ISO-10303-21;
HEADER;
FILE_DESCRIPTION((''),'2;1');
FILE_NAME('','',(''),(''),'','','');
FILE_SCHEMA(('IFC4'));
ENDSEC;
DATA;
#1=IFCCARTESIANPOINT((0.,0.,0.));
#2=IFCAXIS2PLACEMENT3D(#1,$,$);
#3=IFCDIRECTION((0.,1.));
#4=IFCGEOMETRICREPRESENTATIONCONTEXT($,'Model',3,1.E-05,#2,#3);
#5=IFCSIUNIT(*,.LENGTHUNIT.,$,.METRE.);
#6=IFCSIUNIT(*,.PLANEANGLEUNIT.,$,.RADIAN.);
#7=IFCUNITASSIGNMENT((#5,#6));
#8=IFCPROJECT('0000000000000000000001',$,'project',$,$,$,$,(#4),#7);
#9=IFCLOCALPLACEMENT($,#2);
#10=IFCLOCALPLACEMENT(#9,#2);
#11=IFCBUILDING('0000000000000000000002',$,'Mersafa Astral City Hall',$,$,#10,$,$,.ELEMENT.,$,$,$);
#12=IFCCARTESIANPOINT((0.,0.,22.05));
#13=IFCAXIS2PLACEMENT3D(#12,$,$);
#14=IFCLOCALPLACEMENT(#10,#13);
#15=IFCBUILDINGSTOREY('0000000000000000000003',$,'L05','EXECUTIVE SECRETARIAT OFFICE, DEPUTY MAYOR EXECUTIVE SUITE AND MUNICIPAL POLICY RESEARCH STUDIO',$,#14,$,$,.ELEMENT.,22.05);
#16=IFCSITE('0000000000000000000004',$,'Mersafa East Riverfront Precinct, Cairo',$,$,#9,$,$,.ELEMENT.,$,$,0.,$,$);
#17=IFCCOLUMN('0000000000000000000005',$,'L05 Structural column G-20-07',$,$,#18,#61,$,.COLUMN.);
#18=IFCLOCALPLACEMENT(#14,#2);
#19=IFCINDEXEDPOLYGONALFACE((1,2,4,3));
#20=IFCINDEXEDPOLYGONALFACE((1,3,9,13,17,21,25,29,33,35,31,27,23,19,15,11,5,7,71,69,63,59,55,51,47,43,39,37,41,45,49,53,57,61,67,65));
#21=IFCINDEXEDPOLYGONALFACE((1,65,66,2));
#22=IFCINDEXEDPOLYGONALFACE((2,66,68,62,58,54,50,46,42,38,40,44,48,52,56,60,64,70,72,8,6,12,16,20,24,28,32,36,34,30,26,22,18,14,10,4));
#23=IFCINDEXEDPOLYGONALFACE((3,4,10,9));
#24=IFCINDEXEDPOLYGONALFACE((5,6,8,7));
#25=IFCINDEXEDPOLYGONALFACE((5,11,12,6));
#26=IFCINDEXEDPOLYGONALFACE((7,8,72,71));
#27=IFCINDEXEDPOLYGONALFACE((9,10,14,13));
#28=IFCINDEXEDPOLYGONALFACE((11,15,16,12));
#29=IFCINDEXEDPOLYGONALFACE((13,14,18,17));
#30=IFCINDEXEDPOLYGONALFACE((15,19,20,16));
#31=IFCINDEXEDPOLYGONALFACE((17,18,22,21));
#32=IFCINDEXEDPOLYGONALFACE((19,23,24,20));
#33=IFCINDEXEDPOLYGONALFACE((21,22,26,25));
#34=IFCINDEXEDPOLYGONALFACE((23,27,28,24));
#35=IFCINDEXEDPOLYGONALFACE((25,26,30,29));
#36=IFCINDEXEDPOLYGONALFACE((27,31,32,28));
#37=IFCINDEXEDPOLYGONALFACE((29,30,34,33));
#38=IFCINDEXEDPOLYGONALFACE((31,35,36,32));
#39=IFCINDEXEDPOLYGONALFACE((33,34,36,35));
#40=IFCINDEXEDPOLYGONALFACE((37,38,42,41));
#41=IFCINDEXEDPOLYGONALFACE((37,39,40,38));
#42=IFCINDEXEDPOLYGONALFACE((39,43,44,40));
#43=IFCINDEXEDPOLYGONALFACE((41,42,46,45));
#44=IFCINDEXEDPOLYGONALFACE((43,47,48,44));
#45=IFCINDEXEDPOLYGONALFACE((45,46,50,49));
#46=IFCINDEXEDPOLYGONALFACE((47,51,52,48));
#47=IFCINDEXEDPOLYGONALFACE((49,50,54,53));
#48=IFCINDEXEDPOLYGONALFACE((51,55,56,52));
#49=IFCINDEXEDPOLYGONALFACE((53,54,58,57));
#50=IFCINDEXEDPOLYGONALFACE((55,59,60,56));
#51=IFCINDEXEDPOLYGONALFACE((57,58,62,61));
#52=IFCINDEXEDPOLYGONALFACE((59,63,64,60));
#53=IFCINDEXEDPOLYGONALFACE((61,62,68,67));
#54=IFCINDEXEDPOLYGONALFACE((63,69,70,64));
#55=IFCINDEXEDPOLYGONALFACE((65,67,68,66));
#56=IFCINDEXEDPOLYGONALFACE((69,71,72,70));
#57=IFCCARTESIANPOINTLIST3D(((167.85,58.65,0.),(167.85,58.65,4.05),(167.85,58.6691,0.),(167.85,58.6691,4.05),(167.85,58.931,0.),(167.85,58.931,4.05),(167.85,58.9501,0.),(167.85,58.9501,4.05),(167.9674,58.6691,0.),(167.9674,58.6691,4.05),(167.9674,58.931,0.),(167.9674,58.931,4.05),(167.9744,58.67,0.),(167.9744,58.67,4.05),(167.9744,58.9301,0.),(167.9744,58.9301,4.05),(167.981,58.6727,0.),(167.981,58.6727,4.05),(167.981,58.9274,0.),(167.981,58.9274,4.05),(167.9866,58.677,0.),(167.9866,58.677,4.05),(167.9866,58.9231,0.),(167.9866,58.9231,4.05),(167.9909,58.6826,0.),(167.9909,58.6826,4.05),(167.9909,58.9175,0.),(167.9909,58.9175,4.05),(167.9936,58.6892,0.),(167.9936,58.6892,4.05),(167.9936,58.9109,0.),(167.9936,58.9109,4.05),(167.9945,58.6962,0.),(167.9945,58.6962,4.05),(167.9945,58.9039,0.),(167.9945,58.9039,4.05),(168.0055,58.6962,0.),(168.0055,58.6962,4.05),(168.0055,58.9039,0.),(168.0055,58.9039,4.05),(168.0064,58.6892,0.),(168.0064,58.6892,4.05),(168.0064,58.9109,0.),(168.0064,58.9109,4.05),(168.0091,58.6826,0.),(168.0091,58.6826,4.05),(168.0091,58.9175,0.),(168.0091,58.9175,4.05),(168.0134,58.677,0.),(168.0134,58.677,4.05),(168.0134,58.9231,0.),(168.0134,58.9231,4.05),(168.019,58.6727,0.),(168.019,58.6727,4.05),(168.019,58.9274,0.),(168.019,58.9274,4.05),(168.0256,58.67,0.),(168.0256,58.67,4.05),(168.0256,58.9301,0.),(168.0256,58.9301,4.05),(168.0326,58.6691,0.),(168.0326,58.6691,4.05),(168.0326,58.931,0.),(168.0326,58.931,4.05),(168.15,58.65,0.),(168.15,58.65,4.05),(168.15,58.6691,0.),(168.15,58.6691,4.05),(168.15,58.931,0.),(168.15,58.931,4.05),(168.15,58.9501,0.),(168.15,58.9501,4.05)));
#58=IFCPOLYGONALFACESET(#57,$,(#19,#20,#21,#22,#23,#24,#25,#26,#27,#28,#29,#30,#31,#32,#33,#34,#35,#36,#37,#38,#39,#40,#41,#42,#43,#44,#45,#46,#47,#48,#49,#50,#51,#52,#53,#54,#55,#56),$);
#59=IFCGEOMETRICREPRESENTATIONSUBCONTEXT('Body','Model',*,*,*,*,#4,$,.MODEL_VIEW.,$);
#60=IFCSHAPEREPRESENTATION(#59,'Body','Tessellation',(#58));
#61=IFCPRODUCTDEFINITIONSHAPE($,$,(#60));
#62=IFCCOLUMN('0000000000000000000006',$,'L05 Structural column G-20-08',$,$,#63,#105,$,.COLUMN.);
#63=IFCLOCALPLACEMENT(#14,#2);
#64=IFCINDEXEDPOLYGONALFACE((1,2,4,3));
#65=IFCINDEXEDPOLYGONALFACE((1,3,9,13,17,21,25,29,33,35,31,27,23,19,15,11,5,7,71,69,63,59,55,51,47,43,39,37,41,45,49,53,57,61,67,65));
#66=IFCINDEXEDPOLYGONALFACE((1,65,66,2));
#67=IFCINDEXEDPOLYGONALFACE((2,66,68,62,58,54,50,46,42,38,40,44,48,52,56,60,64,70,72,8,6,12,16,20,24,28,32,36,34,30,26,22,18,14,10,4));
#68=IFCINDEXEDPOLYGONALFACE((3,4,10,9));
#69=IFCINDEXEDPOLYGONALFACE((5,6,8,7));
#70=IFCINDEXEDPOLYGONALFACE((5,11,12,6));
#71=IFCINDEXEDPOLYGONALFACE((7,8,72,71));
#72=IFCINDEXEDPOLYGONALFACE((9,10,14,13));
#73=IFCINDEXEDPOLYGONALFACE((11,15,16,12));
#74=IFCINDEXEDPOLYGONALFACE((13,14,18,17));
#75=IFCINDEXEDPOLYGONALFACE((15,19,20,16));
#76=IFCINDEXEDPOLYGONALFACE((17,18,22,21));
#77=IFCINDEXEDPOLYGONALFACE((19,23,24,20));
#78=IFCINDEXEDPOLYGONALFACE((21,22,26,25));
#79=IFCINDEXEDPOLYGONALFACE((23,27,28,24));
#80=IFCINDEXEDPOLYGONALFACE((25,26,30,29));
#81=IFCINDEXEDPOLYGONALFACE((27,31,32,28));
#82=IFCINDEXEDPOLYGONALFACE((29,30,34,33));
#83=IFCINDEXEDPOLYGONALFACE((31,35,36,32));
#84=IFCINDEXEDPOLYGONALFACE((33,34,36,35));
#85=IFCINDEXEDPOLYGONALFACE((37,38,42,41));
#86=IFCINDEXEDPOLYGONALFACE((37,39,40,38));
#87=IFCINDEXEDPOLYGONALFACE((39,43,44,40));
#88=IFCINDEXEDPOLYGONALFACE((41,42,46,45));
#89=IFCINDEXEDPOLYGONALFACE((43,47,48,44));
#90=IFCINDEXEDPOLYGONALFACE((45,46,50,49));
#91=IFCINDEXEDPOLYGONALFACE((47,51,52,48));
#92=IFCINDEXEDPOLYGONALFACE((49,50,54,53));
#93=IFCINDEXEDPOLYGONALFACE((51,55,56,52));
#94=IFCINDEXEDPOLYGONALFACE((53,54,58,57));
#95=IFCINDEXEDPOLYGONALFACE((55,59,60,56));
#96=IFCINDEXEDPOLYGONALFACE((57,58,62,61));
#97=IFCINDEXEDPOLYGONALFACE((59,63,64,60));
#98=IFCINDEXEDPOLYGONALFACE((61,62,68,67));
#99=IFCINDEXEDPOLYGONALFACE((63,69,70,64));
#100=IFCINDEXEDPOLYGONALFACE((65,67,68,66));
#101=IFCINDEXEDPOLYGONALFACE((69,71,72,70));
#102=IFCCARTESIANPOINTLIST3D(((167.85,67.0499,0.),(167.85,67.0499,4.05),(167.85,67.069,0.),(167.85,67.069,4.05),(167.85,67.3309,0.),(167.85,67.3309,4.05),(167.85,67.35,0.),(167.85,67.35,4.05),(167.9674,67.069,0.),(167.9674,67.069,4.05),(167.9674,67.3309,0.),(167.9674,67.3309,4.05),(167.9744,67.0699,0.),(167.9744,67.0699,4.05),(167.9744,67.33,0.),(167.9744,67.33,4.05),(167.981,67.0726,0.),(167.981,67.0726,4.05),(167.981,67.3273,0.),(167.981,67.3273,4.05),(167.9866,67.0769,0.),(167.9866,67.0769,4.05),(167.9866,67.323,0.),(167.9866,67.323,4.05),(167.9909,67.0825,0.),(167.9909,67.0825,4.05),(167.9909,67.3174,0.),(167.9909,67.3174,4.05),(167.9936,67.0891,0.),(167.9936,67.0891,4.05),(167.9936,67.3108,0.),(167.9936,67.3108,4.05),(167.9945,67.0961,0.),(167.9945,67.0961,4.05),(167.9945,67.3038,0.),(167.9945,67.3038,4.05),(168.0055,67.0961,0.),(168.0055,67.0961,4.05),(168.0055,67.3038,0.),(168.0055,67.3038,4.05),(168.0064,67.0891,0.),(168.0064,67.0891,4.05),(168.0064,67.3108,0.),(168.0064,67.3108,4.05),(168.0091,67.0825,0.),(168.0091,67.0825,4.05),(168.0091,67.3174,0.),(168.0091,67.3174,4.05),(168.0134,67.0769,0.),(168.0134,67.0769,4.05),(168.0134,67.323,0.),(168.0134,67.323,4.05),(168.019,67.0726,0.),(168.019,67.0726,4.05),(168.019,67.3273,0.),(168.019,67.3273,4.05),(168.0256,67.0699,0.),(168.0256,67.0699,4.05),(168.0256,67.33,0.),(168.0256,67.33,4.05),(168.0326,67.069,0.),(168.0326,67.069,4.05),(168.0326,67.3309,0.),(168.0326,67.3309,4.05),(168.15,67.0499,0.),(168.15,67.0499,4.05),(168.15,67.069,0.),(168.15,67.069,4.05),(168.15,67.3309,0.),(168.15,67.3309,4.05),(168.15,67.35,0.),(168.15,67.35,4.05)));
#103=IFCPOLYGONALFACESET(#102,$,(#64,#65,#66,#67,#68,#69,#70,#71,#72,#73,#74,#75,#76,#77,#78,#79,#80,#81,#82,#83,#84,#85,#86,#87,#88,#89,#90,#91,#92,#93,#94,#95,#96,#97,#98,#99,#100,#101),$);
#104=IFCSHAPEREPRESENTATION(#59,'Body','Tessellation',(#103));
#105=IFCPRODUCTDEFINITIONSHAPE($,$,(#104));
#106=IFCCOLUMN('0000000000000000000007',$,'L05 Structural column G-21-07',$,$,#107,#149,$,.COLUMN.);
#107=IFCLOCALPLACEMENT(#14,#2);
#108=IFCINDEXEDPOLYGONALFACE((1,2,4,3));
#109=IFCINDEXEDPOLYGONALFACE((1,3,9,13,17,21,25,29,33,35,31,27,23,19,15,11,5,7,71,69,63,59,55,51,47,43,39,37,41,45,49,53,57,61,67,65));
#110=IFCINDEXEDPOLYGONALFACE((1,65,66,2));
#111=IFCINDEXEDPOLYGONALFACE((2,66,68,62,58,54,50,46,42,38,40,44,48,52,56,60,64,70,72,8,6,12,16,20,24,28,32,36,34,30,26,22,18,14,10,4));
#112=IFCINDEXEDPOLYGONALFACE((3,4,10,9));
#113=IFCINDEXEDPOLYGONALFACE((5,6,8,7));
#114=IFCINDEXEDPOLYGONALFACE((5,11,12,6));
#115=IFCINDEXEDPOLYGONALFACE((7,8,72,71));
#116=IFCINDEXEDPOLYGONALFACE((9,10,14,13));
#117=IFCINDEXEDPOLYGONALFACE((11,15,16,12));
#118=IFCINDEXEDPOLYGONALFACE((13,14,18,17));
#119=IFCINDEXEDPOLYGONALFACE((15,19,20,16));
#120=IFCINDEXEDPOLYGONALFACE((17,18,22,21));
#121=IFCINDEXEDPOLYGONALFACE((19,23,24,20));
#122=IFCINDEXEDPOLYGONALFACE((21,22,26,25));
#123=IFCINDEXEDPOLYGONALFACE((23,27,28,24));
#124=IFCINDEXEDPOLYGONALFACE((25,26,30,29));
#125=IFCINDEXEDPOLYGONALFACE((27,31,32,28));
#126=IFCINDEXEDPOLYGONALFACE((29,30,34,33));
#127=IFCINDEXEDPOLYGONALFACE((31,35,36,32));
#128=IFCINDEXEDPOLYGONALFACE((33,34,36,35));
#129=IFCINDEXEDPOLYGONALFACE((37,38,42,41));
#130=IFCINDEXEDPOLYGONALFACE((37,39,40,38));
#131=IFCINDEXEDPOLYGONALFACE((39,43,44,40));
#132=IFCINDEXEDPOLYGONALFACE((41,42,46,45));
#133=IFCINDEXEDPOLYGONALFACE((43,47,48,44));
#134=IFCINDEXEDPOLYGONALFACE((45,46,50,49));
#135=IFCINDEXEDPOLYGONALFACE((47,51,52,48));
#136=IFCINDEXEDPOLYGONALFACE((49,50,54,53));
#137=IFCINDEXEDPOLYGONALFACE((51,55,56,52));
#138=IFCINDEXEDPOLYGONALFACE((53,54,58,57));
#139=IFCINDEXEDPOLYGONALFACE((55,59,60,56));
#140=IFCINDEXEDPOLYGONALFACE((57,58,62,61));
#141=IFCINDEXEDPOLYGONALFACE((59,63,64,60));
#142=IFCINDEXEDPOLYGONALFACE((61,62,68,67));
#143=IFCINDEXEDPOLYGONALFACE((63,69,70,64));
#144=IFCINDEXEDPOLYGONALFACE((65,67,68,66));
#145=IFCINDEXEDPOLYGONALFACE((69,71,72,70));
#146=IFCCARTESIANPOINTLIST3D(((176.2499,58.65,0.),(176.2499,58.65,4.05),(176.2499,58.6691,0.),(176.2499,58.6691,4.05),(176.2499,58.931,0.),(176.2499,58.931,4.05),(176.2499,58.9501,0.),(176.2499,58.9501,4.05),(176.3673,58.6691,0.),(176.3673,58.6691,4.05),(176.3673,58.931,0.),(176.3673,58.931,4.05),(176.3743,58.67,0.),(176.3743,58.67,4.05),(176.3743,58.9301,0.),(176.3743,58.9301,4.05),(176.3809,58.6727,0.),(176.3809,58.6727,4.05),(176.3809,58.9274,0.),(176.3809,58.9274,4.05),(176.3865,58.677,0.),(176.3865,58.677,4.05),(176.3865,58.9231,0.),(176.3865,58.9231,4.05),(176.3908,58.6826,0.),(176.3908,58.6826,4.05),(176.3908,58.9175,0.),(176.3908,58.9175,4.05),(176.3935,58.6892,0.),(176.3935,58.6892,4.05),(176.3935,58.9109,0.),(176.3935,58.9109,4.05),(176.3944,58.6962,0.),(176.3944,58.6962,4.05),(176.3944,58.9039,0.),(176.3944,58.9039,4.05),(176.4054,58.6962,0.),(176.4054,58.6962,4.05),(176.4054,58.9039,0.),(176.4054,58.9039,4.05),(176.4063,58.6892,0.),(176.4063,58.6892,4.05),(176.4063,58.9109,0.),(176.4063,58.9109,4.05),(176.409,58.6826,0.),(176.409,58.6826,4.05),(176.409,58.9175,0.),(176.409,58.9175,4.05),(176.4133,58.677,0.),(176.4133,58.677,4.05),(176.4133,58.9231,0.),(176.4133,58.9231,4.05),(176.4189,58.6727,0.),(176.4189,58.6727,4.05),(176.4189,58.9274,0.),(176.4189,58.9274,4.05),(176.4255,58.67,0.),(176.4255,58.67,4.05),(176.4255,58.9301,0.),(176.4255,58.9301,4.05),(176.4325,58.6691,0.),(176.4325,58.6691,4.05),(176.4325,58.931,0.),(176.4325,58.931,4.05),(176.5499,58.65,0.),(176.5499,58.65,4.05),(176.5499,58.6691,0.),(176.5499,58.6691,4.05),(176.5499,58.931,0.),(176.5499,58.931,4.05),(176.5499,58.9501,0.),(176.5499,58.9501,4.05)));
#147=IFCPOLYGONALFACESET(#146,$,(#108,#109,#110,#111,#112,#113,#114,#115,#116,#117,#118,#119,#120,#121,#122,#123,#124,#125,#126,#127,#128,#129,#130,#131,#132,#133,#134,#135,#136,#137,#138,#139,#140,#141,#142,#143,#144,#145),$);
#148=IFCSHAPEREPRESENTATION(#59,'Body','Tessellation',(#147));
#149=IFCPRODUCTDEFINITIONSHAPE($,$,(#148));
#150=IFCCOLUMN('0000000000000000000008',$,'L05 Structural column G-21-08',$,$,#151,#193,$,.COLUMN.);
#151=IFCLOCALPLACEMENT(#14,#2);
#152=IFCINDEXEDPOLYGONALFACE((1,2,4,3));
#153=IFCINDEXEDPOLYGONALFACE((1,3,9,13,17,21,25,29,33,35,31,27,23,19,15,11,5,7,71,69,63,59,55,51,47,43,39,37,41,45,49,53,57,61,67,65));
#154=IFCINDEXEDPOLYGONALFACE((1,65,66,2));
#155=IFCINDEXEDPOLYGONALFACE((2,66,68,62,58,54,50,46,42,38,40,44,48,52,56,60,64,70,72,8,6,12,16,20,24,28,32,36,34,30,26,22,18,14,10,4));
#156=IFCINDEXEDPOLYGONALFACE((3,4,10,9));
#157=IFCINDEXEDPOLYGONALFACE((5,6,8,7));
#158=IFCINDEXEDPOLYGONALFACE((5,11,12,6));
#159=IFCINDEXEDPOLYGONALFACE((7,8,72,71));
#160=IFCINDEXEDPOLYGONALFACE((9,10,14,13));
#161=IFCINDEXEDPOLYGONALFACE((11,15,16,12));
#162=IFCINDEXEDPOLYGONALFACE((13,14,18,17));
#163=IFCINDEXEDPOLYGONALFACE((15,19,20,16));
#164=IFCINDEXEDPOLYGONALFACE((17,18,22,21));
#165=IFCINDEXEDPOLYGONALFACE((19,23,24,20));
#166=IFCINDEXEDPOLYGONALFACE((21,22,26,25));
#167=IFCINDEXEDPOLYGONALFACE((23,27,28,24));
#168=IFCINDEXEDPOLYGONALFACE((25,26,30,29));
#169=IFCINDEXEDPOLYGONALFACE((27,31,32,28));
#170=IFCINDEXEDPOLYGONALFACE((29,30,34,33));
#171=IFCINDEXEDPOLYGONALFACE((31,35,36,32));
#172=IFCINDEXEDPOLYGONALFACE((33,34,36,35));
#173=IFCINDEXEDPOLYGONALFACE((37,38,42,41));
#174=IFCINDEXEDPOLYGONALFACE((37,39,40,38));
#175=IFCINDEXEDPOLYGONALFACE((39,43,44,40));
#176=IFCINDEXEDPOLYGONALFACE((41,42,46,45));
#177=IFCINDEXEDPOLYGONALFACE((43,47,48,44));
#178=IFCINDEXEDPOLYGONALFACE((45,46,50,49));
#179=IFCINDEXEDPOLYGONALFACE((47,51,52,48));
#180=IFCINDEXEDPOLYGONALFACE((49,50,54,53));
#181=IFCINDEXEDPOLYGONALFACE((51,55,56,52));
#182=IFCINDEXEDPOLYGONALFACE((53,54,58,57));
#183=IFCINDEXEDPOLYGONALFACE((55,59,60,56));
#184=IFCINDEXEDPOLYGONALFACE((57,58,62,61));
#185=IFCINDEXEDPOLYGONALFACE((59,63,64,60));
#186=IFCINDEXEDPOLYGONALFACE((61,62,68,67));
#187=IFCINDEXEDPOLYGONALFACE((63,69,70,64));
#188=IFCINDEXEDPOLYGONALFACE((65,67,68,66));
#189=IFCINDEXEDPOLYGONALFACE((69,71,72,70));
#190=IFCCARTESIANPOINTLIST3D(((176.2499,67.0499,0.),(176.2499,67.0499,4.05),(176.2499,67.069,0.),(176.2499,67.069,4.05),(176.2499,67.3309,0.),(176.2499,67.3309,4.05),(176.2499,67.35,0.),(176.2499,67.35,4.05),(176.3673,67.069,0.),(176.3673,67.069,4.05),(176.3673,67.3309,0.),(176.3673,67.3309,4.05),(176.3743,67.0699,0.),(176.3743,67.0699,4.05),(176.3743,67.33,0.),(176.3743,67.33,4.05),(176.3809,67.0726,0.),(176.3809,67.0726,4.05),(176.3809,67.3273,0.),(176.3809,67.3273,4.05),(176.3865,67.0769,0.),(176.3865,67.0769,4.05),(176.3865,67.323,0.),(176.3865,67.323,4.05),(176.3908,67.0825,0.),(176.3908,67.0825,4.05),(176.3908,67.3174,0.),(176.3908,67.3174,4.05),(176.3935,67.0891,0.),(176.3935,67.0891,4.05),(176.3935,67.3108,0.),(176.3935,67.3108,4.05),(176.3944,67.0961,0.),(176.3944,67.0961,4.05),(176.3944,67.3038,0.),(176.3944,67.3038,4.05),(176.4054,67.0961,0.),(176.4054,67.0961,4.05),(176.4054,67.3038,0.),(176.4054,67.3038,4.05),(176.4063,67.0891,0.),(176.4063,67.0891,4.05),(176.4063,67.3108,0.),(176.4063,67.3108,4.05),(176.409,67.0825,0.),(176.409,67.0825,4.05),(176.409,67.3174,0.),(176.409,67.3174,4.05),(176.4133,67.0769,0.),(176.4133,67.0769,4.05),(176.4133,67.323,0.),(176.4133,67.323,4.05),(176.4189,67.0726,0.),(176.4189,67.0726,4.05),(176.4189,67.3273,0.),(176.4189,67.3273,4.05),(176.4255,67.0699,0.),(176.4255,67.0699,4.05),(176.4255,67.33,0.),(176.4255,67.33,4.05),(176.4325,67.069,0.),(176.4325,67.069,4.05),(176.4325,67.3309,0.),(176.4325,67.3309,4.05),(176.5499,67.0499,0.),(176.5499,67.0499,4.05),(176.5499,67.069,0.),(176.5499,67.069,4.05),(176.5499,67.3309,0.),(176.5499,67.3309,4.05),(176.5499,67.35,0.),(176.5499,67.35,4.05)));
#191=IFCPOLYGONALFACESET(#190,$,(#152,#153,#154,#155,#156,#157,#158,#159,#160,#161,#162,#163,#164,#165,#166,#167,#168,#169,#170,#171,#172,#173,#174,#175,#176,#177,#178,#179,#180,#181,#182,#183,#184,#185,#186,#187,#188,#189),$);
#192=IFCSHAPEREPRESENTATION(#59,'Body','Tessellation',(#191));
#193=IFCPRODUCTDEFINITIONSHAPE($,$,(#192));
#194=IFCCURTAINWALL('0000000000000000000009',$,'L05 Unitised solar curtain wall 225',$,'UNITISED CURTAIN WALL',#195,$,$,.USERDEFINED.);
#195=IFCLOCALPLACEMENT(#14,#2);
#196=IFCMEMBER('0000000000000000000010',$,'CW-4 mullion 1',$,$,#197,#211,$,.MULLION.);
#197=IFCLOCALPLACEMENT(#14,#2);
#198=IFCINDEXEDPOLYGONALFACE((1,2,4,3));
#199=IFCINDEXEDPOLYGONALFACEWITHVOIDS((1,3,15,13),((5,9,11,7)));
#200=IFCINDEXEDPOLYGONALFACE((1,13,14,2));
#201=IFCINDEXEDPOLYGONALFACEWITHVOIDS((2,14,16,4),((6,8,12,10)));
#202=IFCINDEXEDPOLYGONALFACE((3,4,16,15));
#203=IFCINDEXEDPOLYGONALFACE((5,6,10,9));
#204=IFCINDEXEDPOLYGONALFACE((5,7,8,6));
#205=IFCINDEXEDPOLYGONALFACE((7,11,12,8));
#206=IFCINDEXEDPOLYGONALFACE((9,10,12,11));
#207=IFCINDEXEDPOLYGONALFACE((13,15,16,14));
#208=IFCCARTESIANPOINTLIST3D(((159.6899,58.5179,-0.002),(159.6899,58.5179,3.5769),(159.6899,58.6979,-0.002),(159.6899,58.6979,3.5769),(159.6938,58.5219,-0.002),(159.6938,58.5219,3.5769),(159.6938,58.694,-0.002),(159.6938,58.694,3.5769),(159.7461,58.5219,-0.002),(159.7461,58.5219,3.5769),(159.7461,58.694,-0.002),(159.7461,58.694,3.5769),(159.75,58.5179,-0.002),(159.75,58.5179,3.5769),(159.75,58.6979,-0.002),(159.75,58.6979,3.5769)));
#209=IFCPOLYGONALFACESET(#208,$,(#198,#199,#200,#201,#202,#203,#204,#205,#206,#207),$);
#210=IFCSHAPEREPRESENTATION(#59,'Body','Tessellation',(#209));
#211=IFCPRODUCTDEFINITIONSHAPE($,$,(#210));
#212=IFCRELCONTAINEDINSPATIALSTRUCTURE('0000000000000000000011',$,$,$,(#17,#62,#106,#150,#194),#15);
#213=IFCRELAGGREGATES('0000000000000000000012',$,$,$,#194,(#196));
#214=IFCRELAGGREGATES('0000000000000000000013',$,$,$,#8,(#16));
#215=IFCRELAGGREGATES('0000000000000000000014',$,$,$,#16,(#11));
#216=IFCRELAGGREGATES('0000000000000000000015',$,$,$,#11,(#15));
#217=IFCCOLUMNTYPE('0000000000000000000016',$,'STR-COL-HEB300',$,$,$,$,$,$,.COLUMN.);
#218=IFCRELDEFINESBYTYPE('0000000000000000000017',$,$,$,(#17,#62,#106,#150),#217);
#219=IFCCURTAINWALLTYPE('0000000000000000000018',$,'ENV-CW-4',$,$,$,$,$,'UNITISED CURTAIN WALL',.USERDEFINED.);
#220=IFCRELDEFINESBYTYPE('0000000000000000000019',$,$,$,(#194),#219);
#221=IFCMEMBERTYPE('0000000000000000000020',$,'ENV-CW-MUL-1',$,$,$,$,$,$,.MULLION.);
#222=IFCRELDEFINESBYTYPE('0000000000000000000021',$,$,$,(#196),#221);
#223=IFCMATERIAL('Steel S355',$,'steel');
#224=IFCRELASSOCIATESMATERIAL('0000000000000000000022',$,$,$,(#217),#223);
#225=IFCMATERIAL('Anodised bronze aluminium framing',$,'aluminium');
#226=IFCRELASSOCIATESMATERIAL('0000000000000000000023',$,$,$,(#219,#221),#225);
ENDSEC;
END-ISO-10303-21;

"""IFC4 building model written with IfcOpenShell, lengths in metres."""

from ifc_helpers import new_model, si_unit, direction, frame, origin, origin_2d, place, context, subcontext, project, spatial, hollow_rectangle, i_section, extrude, material, material_profile, profile_set, type_object, element, aggregate, save


model = new_model("IFC4")

# Units and contexts
model_context = context("Model", 3, precision=1e-05, world=origin(), true_north=direction((0.0, 1.0)))
body_context = subcontext(model_context, "Body", "Model", "MODEL_VIEW")
ifc_project = project(units=[si_unit("LENGTHUNIT", "METRE"), si_unit("PLANEANGLEUNIT", "RADIAN")], contexts=[model_context])

# Site, building, storey
site_placement = place(None, origin())
site = spatial("IfcSite", under=ifc_project, at=site_placement, Name="Mersafa East Riverfront Precinct, Cairo", CompositionType="ELEMENT", RefElevation=0.0)
building_placement = place(site_placement, origin())
building = spatial("IfcBuilding", under=site, at=building_placement, Name="Mersafa Astral City Hall", CompositionType="ELEMENT")
storey_placement = place(building_placement, frame((0.0, 0.0, 22.05)))
storey = spatial("IfcBuildingStorey", under=building, at=storey_placement, Name="L05", Description="EXECUTIVE SECRETARIAT OFFICE, DEPUTY MAYOR EXECUTIVE SUITE AND MUNICIPAL POLICY RESEARCH STUDIO", CompositionType="ELEMENT", Elevation=22.05)

# Columns
ifc_material_1 = material(Name="Steel S355", Category="steel")
ifc_material_profile_1 = material_profile(ifc_material_1, i_section(OverallWidth=0.3, OverallDepth=0.3, WebThickness=0.011, FlangeThickness=0.019, FilletRadius=0.0271, at=origin_2d()), Name="HEB 300")
ifc_profile_set_1 = profile_set([ifc_material_profile_1], Name="Steel S355")
column_type = type_object("IfcColumnType", Name="STR-COL-HEB300", PredefinedType="COLUMN", material=ifc_profile_set_1)
for number, where, z_axis, x_axis, name in (
    (1, (168.0, 58.8, 0.0), (0.0, 0.0, 1.0), (1.0, 0.0, 0.0), "L05 Structural column G-20-07"),
    (2, (168.0, 67.2, 0.0), (0.0, 0.0, 1.0), (1.0, 0.0, 0.0), "L05 Structural column G-20-08"),
    (3, (176.3999, 58.8, 0.0), (0.0, 0.0, 1.0), (1.0, 0.0, 0.0), "L05 Structural column G-21-07"),
    (4, (176.3999, 67.2, 0.0), (0.0, 0.0, 1.0), (1.0, 0.0, 0.0), "L05 Structural column G-21-08"),
):
    element("IfcColumn", number, at=place(storey_placement, frame(where, z_axis=z_axis, x_axis=x_axis)), inside=storey, type_object=column_type, Name=name, PredefinedType="COLUMN", context=body_context, shape_type="SweptSolid", body=[
        extrude(i_section(OverallWidth=0.3, OverallDepth=0.3, WebThickness=0.011, FlangeThickness=0.019, FilletRadius=0.0271, at=origin_2d()), origin(), (0.0, 0.0, 1.0), 4.05),
    ])

# Curtain wall, member
ifc_material_2 = material(Name="Anodised bronze aluminium framing", Category="aluminium")
curtain_wall_type = type_object("IfcCurtainWallType", Name="ENV-CW-4", ElementType="UNITISED CURTAIN WALL", PredefinedType="USERDEFINED", material=ifc_material_2)
curtain_wall_placement = place(storey_placement, origin())
curtain_wall = element("IfcCurtainWall", 5, at=curtain_wall_placement, inside=storey, type_object=curtain_wall_type, Name="L05 Unitised solar curtain wall 225", ObjectType="UNITISED CURTAIN WALL", PredefinedType="USERDEFINED")
ifc_material_profile_2 = material_profile(ifc_material_2, hollow_rectangle(XDim=0.0601, YDim=0.1799, WallThickness=0.0039, at=origin_2d()), Name="RHS 60x180x4")
ifc_profile_set_2 = profile_set([ifc_material_profile_2], Name="Anodised bronze aluminium framing")
member_type = type_object("IfcMemberType", Name="ENV-CW-MUL-1", PredefinedType="MULLION", material=ifc_profile_set_2)
member_placement = place(storey_placement, frame((159.72, 58.6079, -0.002), z_axis=(0.0, 0.0, 1.0), x_axis=(1.0, 0.0, 0.0)))
member = element("IfcMember", 6, at=member_placement, type_object=member_type, Name="CW-4 mullion 1", PredefinedType="MULLION", context=body_context, shape_type="SweptSolid", body=[
    extrude(hollow_rectangle(XDim=0.0601, YDim=0.1799, WallThickness=0.0039, at=origin_2d()), origin(), (0.0, 0.0, 1.0), 3.5789),
])
aggregate(curtain_wall, [member])

save(model, "model.ifc")
